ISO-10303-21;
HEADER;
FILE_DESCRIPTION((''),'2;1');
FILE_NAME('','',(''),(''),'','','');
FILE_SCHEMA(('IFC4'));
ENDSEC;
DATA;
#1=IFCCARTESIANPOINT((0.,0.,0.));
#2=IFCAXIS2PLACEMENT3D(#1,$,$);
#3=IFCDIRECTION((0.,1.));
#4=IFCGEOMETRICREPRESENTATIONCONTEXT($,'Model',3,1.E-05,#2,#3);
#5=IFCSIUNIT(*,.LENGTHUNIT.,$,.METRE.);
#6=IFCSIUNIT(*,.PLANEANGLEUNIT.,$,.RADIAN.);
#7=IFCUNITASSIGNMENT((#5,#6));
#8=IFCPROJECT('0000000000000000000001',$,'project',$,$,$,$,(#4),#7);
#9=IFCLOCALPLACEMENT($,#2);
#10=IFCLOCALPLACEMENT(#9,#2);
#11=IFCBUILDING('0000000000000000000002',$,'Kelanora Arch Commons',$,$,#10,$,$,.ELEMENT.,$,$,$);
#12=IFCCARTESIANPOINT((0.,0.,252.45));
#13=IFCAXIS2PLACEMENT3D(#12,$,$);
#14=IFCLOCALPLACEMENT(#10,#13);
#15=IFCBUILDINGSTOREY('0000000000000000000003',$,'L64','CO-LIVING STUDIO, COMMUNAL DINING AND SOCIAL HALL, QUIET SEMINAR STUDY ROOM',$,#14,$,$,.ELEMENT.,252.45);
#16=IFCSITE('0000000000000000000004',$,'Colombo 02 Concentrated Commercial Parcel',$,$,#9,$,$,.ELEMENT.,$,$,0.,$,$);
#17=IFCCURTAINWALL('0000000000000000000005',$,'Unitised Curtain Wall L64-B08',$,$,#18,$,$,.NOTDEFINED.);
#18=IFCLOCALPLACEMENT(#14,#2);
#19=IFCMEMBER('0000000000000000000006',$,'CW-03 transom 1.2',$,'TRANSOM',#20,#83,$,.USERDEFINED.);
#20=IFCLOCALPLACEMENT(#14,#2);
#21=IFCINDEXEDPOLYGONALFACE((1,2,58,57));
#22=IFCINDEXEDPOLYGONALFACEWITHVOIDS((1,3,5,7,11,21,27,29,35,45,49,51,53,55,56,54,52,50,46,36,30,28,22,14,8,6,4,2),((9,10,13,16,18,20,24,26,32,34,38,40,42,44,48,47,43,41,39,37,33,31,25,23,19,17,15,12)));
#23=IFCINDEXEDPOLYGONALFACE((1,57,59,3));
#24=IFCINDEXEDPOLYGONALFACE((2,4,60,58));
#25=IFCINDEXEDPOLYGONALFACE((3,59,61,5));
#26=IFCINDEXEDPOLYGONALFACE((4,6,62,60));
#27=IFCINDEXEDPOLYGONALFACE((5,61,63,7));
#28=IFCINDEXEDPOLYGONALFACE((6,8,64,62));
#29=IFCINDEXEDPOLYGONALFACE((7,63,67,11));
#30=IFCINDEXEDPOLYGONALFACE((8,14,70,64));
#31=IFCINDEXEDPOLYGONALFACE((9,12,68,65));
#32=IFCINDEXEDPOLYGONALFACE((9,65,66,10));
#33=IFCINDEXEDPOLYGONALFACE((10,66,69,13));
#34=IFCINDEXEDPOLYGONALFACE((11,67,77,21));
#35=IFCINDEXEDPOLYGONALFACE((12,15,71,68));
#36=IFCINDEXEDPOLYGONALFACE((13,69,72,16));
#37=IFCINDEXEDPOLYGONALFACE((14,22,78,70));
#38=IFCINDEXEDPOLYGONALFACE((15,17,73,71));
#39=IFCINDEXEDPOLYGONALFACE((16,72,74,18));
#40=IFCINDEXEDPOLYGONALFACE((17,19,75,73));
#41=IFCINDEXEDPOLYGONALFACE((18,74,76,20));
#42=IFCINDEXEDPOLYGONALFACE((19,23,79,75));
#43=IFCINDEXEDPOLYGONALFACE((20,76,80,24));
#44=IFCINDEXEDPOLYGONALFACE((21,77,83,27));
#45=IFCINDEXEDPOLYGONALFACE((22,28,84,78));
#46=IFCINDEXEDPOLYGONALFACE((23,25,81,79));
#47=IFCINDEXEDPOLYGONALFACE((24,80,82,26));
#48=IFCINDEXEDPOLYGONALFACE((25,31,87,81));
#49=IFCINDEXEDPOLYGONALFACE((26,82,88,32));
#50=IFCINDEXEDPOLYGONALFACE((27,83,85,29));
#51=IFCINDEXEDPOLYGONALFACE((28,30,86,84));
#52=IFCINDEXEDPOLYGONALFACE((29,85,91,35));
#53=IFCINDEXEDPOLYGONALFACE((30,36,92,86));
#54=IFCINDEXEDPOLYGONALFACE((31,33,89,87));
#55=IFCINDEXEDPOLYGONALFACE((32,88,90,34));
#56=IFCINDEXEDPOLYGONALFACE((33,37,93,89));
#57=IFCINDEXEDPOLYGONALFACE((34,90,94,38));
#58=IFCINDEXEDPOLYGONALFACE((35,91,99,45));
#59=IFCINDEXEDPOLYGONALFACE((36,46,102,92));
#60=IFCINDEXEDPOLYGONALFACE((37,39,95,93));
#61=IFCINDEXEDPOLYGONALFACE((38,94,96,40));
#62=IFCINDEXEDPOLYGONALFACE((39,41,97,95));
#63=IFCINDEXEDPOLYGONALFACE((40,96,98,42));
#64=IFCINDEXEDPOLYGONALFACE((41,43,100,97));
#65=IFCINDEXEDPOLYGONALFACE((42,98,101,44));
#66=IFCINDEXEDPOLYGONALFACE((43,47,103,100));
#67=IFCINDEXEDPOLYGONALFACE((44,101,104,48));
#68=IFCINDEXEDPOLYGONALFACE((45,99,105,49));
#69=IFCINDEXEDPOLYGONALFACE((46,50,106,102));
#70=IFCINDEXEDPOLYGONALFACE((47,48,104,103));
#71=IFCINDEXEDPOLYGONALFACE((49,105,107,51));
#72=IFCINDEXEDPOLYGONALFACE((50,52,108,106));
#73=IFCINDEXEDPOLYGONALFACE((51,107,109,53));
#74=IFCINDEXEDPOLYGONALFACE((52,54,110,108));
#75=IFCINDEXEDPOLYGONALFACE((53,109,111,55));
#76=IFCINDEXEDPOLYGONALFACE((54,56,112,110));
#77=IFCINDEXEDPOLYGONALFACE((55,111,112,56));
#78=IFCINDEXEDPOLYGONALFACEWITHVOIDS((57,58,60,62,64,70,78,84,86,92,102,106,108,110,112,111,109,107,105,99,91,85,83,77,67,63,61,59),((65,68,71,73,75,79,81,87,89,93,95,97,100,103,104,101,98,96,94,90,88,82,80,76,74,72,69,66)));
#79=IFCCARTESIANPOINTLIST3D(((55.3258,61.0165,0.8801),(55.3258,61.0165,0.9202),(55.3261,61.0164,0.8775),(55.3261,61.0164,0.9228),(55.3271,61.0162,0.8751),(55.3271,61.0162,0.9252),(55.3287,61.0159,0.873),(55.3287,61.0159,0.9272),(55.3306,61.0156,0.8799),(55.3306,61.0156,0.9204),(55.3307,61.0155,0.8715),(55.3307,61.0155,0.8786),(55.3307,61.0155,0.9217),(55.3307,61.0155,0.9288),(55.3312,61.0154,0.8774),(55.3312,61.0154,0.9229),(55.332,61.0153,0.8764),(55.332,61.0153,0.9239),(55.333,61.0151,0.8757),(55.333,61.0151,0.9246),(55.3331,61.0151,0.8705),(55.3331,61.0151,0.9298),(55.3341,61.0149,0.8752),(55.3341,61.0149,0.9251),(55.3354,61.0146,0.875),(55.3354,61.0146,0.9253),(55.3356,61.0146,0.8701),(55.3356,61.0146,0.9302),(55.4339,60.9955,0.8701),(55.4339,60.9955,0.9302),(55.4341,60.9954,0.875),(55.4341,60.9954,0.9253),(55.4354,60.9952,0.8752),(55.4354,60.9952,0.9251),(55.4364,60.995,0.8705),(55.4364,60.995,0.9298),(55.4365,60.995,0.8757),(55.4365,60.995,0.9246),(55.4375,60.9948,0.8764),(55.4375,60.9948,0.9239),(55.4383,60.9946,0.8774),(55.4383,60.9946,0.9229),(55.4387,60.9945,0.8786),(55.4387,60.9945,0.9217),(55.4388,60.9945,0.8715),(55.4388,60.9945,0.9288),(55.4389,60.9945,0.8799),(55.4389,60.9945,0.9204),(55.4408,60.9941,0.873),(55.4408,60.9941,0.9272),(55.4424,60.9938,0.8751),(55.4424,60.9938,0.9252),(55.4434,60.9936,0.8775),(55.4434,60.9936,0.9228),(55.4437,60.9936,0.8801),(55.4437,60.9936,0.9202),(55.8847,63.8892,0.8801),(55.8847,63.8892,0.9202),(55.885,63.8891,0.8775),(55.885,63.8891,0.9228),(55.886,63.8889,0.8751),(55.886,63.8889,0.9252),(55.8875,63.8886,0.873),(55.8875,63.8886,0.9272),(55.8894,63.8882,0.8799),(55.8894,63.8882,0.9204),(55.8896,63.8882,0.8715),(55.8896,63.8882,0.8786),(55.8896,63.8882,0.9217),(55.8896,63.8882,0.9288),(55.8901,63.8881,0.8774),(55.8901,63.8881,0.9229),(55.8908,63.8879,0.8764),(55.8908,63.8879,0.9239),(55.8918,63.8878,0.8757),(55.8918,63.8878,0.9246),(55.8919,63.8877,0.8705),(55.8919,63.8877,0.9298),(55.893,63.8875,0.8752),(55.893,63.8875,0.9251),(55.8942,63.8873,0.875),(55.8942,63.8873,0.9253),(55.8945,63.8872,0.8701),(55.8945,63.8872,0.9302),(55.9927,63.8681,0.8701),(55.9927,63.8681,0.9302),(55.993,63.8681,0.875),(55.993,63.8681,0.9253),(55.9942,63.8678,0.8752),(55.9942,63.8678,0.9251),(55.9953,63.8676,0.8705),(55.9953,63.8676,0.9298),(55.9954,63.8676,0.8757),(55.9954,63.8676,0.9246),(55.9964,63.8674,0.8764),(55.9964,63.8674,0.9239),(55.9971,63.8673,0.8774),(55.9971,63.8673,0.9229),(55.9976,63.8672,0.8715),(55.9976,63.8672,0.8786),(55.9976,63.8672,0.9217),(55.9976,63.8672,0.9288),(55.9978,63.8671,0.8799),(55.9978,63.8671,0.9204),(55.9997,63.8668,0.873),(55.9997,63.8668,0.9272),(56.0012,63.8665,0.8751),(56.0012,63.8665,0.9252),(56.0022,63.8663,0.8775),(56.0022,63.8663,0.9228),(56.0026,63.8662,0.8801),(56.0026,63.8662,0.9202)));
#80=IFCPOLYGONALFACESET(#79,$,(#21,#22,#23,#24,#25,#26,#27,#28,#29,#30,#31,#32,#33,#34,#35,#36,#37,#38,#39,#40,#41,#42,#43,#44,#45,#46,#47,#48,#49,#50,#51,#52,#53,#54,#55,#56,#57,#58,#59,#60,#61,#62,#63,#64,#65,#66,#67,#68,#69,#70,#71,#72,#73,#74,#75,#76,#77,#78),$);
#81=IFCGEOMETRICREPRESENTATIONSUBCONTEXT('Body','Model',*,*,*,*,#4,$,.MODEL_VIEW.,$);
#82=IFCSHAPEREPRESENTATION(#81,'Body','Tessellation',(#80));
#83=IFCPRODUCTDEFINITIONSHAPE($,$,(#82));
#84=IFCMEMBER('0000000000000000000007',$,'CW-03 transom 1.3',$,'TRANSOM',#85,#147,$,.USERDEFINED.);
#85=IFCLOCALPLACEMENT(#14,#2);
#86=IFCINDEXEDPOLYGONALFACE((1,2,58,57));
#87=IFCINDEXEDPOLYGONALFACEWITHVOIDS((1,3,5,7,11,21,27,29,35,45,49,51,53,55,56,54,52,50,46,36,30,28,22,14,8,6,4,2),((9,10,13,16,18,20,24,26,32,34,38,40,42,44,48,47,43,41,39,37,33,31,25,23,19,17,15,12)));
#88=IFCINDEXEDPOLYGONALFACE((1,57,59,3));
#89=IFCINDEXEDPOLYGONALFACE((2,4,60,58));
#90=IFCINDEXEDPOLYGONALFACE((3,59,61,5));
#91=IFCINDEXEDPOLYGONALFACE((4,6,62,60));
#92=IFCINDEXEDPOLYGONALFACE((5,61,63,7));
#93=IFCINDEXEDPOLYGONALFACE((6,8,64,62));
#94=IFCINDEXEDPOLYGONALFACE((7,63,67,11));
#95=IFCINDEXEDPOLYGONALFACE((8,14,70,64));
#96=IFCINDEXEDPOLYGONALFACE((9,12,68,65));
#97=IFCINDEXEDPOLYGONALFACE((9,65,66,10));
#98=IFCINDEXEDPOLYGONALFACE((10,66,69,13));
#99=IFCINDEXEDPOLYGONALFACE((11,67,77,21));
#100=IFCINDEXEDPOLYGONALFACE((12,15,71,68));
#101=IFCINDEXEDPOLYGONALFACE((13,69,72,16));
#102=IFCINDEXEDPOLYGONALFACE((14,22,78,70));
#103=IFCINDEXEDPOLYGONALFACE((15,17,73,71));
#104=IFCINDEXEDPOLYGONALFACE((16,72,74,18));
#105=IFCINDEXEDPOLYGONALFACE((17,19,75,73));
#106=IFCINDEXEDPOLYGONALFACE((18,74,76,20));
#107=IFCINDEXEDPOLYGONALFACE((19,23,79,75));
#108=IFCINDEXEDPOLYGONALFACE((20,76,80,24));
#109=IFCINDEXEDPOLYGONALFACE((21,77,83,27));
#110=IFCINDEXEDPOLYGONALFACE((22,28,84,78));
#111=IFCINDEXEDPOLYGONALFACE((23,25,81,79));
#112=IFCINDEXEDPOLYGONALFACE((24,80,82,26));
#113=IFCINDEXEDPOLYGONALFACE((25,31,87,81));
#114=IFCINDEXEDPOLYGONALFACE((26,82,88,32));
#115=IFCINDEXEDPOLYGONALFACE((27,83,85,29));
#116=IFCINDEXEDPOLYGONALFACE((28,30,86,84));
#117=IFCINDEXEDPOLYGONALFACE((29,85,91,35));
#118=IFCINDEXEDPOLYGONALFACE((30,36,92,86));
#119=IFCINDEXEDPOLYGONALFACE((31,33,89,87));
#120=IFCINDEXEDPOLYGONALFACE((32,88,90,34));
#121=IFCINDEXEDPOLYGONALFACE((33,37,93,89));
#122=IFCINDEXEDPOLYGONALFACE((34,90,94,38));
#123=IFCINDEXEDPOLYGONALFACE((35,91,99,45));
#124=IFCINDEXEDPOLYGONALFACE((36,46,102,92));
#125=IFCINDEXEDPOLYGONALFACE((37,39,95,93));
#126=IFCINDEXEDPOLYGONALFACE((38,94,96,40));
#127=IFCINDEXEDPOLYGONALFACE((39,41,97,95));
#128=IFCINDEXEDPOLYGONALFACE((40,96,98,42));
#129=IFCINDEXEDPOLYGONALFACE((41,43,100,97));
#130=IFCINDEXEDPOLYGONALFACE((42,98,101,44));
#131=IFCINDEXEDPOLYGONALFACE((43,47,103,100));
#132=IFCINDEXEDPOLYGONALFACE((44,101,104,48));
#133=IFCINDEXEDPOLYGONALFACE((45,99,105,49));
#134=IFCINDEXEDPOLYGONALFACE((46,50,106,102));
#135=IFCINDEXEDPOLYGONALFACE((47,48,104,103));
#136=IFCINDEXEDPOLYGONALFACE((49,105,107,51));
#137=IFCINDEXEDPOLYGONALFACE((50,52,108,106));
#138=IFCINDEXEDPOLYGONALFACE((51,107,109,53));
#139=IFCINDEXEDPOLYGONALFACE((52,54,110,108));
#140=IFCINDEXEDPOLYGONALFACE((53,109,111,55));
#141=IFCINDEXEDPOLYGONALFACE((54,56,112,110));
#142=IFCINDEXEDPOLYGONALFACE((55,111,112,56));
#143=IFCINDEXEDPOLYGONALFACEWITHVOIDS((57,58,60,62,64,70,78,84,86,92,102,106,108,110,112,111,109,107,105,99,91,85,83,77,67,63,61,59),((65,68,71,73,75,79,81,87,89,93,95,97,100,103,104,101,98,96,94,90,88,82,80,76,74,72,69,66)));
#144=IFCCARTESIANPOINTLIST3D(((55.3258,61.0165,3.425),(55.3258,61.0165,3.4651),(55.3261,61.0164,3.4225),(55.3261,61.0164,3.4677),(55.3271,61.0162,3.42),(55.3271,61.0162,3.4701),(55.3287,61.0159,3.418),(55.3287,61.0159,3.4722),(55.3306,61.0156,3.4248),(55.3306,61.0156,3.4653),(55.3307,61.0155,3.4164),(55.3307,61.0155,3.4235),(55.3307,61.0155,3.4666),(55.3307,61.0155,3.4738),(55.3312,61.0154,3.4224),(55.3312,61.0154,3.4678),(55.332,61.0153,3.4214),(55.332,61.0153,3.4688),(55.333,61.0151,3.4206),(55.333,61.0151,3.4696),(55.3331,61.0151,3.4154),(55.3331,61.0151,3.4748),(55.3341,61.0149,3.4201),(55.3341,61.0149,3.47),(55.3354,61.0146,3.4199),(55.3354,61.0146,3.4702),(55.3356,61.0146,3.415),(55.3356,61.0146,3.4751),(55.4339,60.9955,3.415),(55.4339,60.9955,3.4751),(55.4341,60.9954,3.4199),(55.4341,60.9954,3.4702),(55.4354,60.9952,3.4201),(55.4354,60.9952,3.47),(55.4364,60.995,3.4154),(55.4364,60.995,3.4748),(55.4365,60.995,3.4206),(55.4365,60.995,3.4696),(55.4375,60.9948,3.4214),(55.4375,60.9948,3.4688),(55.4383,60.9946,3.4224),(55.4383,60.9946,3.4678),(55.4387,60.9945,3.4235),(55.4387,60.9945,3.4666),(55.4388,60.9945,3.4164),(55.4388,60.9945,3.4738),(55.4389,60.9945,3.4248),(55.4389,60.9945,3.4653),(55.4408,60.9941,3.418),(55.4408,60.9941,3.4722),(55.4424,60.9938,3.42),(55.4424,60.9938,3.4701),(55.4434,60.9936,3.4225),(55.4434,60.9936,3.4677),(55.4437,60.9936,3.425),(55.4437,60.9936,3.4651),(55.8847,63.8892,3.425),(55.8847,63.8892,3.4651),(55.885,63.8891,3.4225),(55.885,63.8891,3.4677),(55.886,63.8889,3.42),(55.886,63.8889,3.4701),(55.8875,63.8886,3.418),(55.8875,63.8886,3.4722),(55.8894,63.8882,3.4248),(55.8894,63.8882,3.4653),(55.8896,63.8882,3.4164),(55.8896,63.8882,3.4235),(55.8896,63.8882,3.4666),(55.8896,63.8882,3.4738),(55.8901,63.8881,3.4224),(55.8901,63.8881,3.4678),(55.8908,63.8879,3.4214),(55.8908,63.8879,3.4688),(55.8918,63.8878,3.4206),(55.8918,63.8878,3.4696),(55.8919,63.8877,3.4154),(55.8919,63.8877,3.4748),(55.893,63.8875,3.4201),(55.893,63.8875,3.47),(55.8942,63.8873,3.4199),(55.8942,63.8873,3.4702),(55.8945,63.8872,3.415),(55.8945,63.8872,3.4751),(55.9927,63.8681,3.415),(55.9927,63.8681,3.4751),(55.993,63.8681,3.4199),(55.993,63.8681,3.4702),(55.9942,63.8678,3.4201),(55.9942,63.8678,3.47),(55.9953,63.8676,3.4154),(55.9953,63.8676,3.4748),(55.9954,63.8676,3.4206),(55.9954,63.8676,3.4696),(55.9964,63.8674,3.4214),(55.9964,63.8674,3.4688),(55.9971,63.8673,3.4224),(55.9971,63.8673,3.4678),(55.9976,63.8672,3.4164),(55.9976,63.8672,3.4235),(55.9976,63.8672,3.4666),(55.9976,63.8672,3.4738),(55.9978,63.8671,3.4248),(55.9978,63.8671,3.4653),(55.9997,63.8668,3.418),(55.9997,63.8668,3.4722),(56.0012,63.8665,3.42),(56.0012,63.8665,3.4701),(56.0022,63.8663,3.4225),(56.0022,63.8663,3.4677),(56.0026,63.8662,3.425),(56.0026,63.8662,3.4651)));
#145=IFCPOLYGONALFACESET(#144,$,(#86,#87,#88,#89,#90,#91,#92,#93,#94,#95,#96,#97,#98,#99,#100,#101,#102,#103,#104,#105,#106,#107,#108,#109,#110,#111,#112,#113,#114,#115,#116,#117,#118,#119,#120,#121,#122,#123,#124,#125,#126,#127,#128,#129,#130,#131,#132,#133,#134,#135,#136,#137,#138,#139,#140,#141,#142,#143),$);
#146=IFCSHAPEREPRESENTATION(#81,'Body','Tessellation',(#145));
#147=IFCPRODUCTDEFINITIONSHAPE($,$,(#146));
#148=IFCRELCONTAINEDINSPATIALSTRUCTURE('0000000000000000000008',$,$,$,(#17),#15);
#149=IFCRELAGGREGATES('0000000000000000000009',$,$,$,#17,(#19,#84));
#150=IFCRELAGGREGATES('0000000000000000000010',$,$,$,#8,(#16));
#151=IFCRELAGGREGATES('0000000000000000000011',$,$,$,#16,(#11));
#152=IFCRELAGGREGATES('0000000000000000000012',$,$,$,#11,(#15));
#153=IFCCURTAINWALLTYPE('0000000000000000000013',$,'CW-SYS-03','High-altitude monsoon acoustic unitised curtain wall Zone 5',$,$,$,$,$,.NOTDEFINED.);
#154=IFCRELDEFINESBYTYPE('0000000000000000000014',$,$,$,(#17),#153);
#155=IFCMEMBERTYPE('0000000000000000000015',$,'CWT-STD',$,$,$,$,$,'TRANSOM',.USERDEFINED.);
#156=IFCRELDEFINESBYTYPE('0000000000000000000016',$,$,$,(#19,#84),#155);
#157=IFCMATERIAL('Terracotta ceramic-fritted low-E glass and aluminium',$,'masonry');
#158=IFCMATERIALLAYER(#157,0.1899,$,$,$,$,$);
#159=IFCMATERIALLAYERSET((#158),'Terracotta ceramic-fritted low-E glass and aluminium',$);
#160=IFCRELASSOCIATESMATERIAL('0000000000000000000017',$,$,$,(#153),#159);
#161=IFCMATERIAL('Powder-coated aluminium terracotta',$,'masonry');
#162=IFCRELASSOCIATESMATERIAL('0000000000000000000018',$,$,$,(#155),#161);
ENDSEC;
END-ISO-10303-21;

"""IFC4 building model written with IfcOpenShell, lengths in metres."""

from ifc_helpers import new_model, si_unit, direction, frame, origin, origin_2d, place, context, subcontext, project, spatial, hollow_rectangle, extrude, material, layer, layer_set, material_profile, profile_set, type_object, element, aggregate, save


model = new_model("IFC4")

# Units and contexts
model_context = context("Model", 3, precision=1e-05, world=origin(), true_north=direction((0.0, 1.0)))
body_context = subcontext(model_context, "Body", "Model", "MODEL_VIEW")
ifc_project = project(units=[si_unit("LENGTHUNIT", "METRE"), si_unit("PLANEANGLEUNIT", "RADIAN")], contexts=[model_context])

# Site, building, storey
site_placement = place(None, origin())
site = spatial("IfcSite", under=ifc_project, at=site_placement, Name="Colombo 02 Concentrated Commercial Parcel", CompositionType="ELEMENT", RefElevation=0.0)
building_placement = place(site_placement, origin())
building = spatial("IfcBuilding", under=site, at=building_placement, Name="Kelanora Arch Commons", CompositionType="ELEMENT")
storey_placement = place(building_placement, frame((0.0, 0.0, 252.45)))
storey = spatial("IfcBuildingStorey", under=building, at=storey_placement, Name="L64", Description="CO-LIVING STUDIO, COMMUNAL DINING AND SOCIAL HALL, QUIET SEMINAR STUDY ROOM", CompositionType="ELEMENT", Elevation=252.45)

# Curtain wall, members
ifc_material_1 = material(Name="Terracotta ceramic-fritted low-E glass and aluminium", Category="masonry")
ifc_layer_1 = layer(ifc_material_1, 0.1899)
ifc_layer_set_1 = layer_set([ifc_layer_1], Name="Terracotta ceramic-fritted low-E glass and aluminium")
curtain_wall_type = type_object("IfcCurtainWallType", Name="CW-SYS-03", Description="High-altitude monsoon acoustic unitised curtain wall Zone 5", PredefinedType="NOTDEFINED", material=ifc_layer_set_1)
curtain_wall_placement = place(storey_placement, origin())
curtain_wall = element("IfcCurtainWall", 1, at=curtain_wall_placement, inside=storey, type_object=curtain_wall_type, Name="Unitised Curtain Wall L64-B08", PredefinedType="NOTDEFINED")
ifc_material_2 = material(Name="Powder-coated aluminium terracotta", Category="masonry")
ifc_material_profile_1 = material_profile(ifc_material_2, hollow_rectangle(XDim=0.1201, YDim=0.0601, WallThickness=0.0049, InnerFilletRadius=0.0049, OuterFilletRadius=0.01, at=origin_2d()), Name="CWT120x60")
ifc_profile_set_1 = profile_set([ifc_material_profile_1], Name="Powder-coated aluminium terracotta")
member_type_1 = type_object("IfcMemberType", Name="CWT-STD", ElementType="TRANSOM", PredefinedType="USERDEFINED", material=ifc_profile_set_1)
member_1_placement = place(storey_placement, frame((55.9436, 63.8777, 0.9001), z_axis=(-0.190963, -0.981597, 0.0), x_axis=(0.981597, -0.190963, 0.0)))
member_1 = element("IfcMember", 2, at=member_1_placement, type_object=member_type_1, Name="CW-03 transom 1.2", ObjectType="TRANSOM", PredefinedType="USERDEFINED", context=body_context, shape_type="SweptSolid", body=[
    extrude(hollow_rectangle(XDim=0.1201, YDim=0.0601, WallThickness=0.0049, InnerFilletRadius=0.0049, OuterFilletRadius=0.01, at=origin_2d()), origin(), (0.0, 0.0, 1.0), 2.9265),
])
member_2_placement = place(storey_placement, frame((55.9436, 63.8777, 3.4451), z_axis=(-0.190963, -0.981597, 0.0), x_axis=(0.981597, -0.190963, 0.0)))
member_2 = element("IfcMember", 3, at=member_2_placement, type_object=member_type_1, Name="CW-03 transom 1.3", ObjectType="TRANSOM", PredefinedType="USERDEFINED", context=body_context, shape_type="SweptSolid", body=[
    extrude(hollow_rectangle(XDim=0.1201, YDim=0.0601, WallThickness=0.0049, InnerFilletRadius=0.0049, OuterFilletRadius=0.01, at=origin_2d()), origin(), (0.0, 0.0, 1.0), 2.9265),
])
aggregate(curtain_wall, [member_1, member_2])

save(model, "model.ifc")
